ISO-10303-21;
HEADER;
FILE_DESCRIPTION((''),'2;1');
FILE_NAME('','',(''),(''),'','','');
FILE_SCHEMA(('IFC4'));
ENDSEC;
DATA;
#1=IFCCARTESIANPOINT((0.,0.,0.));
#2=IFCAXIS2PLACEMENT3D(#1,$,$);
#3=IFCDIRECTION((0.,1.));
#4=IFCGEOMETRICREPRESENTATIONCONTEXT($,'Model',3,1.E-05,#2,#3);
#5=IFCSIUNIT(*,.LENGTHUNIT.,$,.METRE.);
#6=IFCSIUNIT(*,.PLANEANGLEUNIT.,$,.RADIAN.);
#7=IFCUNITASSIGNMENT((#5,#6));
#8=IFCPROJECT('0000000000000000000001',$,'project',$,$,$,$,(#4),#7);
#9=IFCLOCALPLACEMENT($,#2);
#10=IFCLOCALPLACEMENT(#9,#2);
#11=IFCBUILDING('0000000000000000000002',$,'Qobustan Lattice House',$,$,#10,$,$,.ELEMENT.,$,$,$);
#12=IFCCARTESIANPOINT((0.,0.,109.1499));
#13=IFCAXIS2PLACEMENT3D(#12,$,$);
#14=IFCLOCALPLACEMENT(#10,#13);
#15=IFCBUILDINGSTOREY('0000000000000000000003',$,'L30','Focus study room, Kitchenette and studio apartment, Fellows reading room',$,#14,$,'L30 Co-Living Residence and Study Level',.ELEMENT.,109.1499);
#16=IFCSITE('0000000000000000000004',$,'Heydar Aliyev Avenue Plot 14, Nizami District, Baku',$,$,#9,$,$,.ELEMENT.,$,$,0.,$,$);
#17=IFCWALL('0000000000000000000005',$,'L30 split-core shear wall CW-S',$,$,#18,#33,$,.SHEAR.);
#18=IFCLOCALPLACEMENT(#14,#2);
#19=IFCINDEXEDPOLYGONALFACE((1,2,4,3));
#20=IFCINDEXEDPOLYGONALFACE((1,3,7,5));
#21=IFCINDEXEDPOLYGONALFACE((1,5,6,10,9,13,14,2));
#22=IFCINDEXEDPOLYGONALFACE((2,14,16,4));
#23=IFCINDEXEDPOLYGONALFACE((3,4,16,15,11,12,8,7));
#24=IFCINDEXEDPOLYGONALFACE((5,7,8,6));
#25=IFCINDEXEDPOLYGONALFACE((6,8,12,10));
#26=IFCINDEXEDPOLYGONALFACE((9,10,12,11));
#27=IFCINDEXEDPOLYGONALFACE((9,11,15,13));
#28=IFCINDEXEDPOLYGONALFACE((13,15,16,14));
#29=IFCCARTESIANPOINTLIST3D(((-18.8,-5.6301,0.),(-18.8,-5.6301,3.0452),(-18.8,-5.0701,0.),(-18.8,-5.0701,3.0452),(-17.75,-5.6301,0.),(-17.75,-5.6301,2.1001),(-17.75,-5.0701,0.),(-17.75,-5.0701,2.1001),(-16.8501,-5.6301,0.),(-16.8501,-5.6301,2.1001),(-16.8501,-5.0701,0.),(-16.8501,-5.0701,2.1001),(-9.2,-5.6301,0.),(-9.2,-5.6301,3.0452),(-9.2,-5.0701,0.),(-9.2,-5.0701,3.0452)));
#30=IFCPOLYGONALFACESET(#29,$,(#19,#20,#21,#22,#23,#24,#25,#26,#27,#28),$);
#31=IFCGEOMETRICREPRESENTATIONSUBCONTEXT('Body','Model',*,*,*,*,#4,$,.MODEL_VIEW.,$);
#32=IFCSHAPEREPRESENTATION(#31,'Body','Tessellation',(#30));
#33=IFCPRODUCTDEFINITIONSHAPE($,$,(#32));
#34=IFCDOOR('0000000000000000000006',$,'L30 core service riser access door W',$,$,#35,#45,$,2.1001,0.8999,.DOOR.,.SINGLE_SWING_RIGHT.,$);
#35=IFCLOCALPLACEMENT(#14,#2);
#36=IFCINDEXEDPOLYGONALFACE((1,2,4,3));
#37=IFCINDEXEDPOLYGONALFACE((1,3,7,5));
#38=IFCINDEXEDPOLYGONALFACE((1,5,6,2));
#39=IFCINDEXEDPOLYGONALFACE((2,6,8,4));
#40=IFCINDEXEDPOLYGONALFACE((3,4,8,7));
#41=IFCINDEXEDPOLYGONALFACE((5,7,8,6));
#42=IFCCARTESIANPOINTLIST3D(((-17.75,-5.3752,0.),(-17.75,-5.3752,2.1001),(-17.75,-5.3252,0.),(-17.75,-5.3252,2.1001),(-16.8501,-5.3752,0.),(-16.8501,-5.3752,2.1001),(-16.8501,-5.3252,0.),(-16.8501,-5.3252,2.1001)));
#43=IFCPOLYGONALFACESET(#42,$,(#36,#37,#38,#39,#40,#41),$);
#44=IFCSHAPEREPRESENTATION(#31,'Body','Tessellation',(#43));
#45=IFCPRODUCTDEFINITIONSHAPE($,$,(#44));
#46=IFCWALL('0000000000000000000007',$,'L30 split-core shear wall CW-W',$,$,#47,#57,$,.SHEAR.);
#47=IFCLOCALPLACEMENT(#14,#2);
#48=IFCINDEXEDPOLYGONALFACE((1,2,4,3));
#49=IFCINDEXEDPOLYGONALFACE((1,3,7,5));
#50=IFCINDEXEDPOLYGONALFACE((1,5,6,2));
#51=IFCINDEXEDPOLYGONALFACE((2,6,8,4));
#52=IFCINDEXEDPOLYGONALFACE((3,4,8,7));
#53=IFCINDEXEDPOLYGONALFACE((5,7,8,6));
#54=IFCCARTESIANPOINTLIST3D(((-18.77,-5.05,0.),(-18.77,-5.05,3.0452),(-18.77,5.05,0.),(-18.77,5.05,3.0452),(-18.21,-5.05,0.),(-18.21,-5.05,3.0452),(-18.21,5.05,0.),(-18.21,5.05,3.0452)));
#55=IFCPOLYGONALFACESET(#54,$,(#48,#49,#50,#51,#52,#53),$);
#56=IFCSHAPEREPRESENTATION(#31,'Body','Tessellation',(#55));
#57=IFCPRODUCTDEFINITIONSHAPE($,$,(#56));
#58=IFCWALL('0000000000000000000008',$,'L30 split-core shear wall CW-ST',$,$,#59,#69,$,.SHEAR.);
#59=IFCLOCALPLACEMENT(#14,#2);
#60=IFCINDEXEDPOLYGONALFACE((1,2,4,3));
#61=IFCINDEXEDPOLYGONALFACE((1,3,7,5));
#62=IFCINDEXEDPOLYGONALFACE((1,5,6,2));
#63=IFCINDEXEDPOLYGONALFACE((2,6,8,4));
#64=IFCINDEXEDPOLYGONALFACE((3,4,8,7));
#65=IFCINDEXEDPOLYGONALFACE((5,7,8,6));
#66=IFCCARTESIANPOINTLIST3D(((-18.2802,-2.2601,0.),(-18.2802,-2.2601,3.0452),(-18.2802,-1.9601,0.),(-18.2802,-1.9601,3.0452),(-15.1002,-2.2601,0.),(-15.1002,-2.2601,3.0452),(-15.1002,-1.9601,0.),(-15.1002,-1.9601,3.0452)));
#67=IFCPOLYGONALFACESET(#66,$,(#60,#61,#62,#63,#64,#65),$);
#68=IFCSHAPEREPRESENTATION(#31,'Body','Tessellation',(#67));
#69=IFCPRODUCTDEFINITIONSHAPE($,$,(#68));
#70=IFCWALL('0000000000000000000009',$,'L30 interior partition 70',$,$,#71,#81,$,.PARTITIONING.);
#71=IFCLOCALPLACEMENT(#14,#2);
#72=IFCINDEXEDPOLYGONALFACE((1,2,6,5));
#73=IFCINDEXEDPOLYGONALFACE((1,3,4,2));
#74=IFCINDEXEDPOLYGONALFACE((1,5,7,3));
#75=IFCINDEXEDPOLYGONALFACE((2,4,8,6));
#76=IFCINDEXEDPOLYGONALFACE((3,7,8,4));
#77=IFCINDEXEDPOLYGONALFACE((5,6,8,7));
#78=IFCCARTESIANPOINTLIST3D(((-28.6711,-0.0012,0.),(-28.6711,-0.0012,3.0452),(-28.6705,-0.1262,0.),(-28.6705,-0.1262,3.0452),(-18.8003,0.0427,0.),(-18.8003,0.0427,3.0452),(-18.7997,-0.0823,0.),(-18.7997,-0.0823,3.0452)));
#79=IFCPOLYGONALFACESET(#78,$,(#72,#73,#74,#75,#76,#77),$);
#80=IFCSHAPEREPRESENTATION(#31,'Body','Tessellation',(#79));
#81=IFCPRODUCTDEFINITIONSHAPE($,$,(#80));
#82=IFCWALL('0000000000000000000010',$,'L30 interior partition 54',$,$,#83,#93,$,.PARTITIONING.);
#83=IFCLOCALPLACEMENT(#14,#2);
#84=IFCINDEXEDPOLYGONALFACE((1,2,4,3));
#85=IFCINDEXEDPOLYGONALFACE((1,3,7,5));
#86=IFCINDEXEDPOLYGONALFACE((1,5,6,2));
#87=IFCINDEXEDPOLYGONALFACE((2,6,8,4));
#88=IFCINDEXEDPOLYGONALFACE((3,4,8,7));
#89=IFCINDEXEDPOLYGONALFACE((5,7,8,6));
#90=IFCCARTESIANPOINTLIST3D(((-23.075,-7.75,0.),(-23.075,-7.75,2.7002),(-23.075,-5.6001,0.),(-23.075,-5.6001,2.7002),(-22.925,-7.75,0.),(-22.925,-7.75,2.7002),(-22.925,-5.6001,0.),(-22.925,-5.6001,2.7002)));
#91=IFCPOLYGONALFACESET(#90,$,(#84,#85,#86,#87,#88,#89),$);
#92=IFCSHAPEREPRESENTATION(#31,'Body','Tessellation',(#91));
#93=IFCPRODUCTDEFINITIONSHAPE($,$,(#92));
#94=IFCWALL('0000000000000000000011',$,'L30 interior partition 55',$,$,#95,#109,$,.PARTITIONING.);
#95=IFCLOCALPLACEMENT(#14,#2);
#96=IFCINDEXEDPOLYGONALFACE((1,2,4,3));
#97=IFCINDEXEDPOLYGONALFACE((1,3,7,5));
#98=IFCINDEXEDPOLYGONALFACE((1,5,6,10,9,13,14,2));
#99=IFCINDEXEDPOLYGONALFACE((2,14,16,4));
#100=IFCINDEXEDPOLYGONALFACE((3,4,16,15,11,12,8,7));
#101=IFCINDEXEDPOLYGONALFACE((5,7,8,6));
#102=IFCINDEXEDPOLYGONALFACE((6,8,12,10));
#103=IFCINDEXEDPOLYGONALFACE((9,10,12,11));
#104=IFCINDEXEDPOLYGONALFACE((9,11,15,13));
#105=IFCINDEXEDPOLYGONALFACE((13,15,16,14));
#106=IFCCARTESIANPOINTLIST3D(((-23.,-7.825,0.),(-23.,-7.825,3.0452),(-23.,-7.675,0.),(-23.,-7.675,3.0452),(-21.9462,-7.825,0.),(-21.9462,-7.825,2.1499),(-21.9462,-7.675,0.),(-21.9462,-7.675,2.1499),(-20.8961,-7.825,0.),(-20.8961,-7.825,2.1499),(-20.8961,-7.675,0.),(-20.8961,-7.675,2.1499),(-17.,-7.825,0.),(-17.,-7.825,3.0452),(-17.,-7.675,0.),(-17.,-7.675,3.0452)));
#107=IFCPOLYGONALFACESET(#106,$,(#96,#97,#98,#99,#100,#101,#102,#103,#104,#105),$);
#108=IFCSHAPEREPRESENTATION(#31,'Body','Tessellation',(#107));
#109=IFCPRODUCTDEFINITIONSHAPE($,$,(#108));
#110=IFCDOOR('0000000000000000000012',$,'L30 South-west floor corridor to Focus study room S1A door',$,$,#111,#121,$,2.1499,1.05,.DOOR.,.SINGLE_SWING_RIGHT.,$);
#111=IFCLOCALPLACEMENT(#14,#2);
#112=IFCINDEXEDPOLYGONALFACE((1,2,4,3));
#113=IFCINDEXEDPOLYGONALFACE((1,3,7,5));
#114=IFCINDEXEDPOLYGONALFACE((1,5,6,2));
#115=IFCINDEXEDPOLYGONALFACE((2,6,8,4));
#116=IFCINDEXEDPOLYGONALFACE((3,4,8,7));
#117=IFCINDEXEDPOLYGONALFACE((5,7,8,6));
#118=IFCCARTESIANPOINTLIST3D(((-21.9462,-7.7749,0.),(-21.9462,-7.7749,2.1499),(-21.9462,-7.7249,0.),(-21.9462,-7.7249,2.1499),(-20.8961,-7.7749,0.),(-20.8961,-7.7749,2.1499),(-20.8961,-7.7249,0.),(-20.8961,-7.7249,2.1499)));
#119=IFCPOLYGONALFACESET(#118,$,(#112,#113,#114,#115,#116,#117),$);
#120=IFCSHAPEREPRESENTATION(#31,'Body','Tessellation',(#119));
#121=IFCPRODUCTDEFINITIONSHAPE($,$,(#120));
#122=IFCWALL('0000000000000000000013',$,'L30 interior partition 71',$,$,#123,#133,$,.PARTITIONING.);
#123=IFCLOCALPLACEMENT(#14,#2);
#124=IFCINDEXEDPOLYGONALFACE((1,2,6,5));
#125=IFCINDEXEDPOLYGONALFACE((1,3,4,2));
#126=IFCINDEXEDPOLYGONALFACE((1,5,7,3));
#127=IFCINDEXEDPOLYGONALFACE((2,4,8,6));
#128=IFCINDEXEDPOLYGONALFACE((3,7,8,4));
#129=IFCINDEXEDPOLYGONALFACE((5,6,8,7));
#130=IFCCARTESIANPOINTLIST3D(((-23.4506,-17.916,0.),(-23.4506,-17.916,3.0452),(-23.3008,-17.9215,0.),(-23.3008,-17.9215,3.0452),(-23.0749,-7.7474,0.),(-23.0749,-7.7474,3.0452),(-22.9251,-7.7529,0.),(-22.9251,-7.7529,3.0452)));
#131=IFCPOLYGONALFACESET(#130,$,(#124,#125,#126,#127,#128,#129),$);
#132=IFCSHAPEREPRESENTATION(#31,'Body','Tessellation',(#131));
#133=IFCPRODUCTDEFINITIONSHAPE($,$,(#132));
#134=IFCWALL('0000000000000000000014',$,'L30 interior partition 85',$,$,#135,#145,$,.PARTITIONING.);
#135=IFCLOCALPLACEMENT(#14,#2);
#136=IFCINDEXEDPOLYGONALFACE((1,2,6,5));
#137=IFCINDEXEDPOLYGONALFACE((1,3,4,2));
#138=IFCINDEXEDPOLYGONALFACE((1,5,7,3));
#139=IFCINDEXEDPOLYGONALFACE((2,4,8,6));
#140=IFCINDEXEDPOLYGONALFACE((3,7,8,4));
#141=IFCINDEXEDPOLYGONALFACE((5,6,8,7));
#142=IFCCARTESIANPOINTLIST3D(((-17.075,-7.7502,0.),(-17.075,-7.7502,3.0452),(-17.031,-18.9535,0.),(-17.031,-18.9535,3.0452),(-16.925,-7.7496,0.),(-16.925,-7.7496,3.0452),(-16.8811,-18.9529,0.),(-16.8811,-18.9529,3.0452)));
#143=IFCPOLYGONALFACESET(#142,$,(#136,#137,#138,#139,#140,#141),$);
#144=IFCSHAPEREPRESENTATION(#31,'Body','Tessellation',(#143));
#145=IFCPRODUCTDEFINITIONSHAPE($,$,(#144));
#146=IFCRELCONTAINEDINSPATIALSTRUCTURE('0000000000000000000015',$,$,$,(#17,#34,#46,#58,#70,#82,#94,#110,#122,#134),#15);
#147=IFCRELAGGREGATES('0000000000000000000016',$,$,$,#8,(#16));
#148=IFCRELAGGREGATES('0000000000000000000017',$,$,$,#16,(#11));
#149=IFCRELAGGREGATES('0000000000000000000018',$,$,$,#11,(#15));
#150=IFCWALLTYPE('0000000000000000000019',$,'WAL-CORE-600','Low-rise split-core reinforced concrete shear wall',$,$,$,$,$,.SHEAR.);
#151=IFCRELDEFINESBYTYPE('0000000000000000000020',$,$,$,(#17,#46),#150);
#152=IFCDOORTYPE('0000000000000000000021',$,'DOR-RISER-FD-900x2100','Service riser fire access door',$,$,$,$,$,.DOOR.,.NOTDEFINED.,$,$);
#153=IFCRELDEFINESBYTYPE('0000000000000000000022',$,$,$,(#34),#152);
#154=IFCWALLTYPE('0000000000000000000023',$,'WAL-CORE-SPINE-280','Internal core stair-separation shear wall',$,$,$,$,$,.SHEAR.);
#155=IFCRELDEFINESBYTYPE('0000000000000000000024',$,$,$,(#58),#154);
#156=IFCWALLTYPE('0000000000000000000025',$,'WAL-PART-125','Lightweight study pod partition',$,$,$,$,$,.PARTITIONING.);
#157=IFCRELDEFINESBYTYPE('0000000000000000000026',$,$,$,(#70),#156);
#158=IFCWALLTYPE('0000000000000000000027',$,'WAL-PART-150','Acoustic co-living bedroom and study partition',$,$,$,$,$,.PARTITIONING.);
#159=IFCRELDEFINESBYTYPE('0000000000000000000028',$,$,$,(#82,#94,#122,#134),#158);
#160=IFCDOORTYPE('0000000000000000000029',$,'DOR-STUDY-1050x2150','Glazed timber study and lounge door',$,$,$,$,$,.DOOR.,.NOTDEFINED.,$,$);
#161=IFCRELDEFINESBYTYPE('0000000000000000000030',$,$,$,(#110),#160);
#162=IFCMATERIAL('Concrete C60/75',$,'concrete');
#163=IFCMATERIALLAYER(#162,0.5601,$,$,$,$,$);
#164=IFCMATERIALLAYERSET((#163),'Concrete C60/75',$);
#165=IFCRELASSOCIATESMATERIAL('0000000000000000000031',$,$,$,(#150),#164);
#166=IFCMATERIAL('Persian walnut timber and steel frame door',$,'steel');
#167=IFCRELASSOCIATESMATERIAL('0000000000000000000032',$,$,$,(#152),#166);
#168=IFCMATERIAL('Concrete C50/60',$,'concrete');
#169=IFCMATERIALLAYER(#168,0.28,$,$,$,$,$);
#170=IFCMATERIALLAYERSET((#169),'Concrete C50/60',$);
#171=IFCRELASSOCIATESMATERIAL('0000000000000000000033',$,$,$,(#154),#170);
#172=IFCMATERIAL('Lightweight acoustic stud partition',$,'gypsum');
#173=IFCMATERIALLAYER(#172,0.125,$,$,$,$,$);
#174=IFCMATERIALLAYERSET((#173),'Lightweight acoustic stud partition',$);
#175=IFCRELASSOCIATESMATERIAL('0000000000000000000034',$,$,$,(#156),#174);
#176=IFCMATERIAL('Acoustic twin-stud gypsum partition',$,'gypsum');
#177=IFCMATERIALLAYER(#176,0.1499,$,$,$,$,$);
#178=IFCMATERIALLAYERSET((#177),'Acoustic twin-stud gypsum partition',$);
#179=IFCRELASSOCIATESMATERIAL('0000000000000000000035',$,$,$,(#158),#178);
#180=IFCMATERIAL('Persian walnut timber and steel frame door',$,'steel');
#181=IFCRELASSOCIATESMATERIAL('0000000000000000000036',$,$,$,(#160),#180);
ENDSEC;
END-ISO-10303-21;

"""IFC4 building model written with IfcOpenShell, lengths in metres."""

from ifc_helpers import new_model, si_unit, direction, frame, frame_2d, origin, place, context, subcontext, project, spatial, rectangle, extrude, material, layer, layer_set, type_object, element, fill, save


model = new_model("IFC4")

# Units and contexts
model_context = context("Model", 3, precision=1e-05, world=origin(), true_north=direction((0.0, 1.0)))
body_context = subcontext(model_context, "Body", "Model", "MODEL_VIEW")
ifc_project = project(units=[si_unit("LENGTHUNIT", "METRE"), si_unit("PLANEANGLEUNIT", "RADIAN")], contexts=[model_context])

# Site, building, storey
site_placement = place(None, origin())
site = spatial("IfcSite", under=ifc_project, at=site_placement, Name="Heydar Aliyev Avenue Plot 14, Nizami District, Baku", CompositionType="ELEMENT", RefElevation=0.0)
building_placement = place(site_placement, origin())
building = spatial("IfcBuilding", under=site, at=building_placement, Name="Qobustan Lattice House", CompositionType="ELEMENT")
storey_placement = place(building_placement, frame((0.0, 0.0, 109.1499)))
storey = spatial("IfcBuildingStorey", under=building, at=storey_placement, Name="L30", Description="Focus study room, Kitchenette and studio apartment, Fellows reading room", LongName="L30 Co-Living Residence and Study Level", CompositionType="ELEMENT", Elevation=109.1499)

# Wall, opening, door
ifc_material_1 = material(Name="Concrete C60/75", Category="concrete")
ifc_layer_1 = layer(ifc_material_1, 0.5601)
ifc_layer_set_1 = layer_set([ifc_layer_1], Name="Concrete C60/75")
wall_type_1 = type_object("IfcWallType", Name="WAL-CORE-600", Description="Low-rise split-core reinforced concrete shear wall", PredefinedType="SHEAR", material=ifc_layer_set_1)
wall_1_placement = place(storey_placement, frame((-18.8, -5.3501, 0.0), z_axis=(0.0, 0.0, 1.0), x_axis=(1.0, 0.0, 0.0)))
wall_1 = element("IfcWall", 1, at=wall_1_placement, inside=storey, type_object=wall_type_1, Name="L30 split-core shear wall CW-S", PredefinedType="SHEAR", context=body_context, shape_type="SweptSolid", body=[
    extrude(rectangle(XDim=9.6001, YDim=0.5601, at=frame_2d((4.8, 0.0))), origin(), (0.0, 0.0, 1.0), 3.0452),
])
opening_1_placement = place(wall_1_placement, frame((1.05, 0.0, 0.0)))
opening_1 = element("IfcOpeningElement", 2, at=opening_1_placement, cuts=wall_1, PredefinedType="OPENING", context=body_context, shape_type="SweptSolid", body=[
    extrude(rectangle(XDim=0.8999, YDim=2.1001, at=frame_2d((0.45, 1.05))), frame((0.0, 0.29, 0.0), z_axis=(0.0, -1.0, 0.0), x_axis=(1.0, 0.0, 0.0)), (0.0, 0.0, 1.0), 0.5801),
])
ifc_material_2 = material(Name="Persian walnut timber and steel frame door", Category="steel")
door_type_1 = type_object("IfcDoorType", Name="DOR-RISER-FD-900x2100", Description="Service riser fire access door", OperationType="NOTDEFINED", PredefinedType="DOOR", material=ifc_material_2)
door_1_placement = place(opening_1_placement, origin())
door_1 = element("IfcDoor", 3, at=door_1_placement, inside=storey, type_object=door_type_1, Name="L30 core service riser access door W", OperationType="SINGLE_SWING_RIGHT", OverallHeight=2.1001, OverallWidth=0.8999, PredefinedType="DOOR", context=body_context, shape_type="SweptSolid", body=[
    extrude(rectangle(XDim=0.8999, YDim=2.1001, at=frame_2d((0.45, 1.05))), frame((0.0, 0.0249, 0.0), z_axis=(0.0, -1.0, 0.0), x_axis=(1.0, 0.0, 0.0)), (0.0, 0.0, 1.0), 0.05),
])
fill(opening_1, door_1)

# Walls
wall_2_placement = place(storey_placement, frame((-18.49, -5.05, 0.0), z_axis=(0.0, 0.0, 1.0), x_axis=(0.0, 1.0, 0.0)))
element("IfcWall", 4, at=wall_2_placement, inside=storey, type_object=wall_type_1, Name="L30 split-core shear wall CW-W", PredefinedType="SHEAR", context=body_context, shape_type="SweptSolid", body=[
    extrude(rectangle(XDim=10.1001, YDim=0.5601, at=frame_2d((5.05, 0.0))), origin(), (0.0, 0.0, 1.0), 3.0452),
])
ifc_material_3 = material(Name="Concrete C50/60", Category="concrete")
ifc_layer_2 = layer(ifc_material_3, 0.28)
ifc_layer_set_2 = layer_set([ifc_layer_2], Name="Concrete C50/60")
wall_type_2 = type_object("IfcWallType", Name="WAL-CORE-SPINE-280", Description="Internal core stair-separation shear wall", PredefinedType="SHEAR", material=ifc_layer_set_2)
wall_3_placement = place(storey_placement, frame((-18.28, -2.1101, 0.0), z_axis=(0.0, 0.0, 1.0), x_axis=(1.0, 0.0, 0.0)))
element("IfcWall", 5, at=wall_3_placement, inside=storey, type_object=wall_type_2, Name="L30 split-core shear wall CW-ST", PredefinedType="SHEAR", context=body_context, shape_type="SweptSolid", body=[
    extrude(rectangle(XDim=3.1799, YDim=0.3, at=frame_2d((1.5898, 0.0))), origin(), (0.0, 0.0, 1.0), 3.0452),
])
ifc_material_4 = material(Name="Lightweight acoustic stud partition", Category="gypsum")
ifc_layer_3 = layer(ifc_material_4, 0.125)
ifc_layer_set_3 = layer_set([ifc_layer_3], Name="Lightweight acoustic stud partition")
wall_type_3 = type_object("IfcWallType", Name="WAL-PART-125", Description="Lightweight study pod partition", PredefinedType="PARTITIONING", material=ifc_layer_set_3)
wall_4_placement = place(storey_placement, frame((-28.6709, -0.0637, 0.0), z_axis=(0.0, 0.0, 1.0), x_axis=(0.99999, 0.004452, 0.0)))
element("IfcWall", 6, at=wall_4_placement, inside=storey, type_object=wall_type_3, Name="L30 interior partition 70", PredefinedType="PARTITIONING", context=body_context, shape_type="SweptSolid", body=[
    extrude(rectangle(XDim=9.8708, YDim=0.125, at=frame_2d((4.9355, 0.0))), origin(), (0.0, 0.0, 1.0), 3.0452),
])

# Shared definitions
ifc_material_5 = material(Name="Acoustic twin-stud gypsum partition", Category="gypsum")
ifc_layer_4 = layer(ifc_material_5, 0.1499)
ifc_layer_set_4 = layer_set([ifc_layer_4], Name="Acoustic twin-stud gypsum partition")
wall_type_4 = type_object("IfcWallType", Name="WAL-PART-150", Description="Acoustic co-living bedroom and study partition", PredefinedType="PARTITIONING", material=ifc_layer_set_4)
ifc_material_6 = material(Name="Persian walnut timber and steel frame door", Category="steel")
door_type_2 = type_object("IfcDoorType", Name="DOR-STUDY-1050x2150", Description="Glazed timber study and lounge door", OperationType="NOTDEFINED", PredefinedType="DOOR", material=ifc_material_6)

# Wall
wall_5_placement = place(storey_placement, frame((-23.0, -7.75, 0.0), z_axis=(0.0, 0.0, 1.0), x_axis=(0.0, 1.0, 0.0)))
element("IfcWall", 7, at=wall_5_placement, inside=storey, type_object=wall_type_4, Name="L30 interior partition 54", PredefinedType="PARTITIONING", context=body_context, shape_type="SweptSolid", body=[
    extrude(rectangle(XDim=2.1499, YDim=0.1499, at=frame_2d((1.075, 0.0))), origin(), (0.0, 0.0, 1.0), 2.7002),
])

# Wall, opening, door
wall_6_placement = place(storey_placement, frame((-17.0, -7.75, 0.0), z_axis=(0.0, 0.0, 1.0), x_axis=(-1.0, 0.0, 0.0)))
wall_6 = element("IfcWall", 8, at=wall_6_placement, inside=storey, type_object=wall_type_4, Name="L30 interior partition 55", PredefinedType="PARTITIONING", context=body_context, shape_type="SweptSolid", body=[
    extrude(rectangle(XDim=6.0, YDim=0.1499, at=frame_2d((3.0, 0.0))), origin(), (0.0, 0.0, 1.0), 3.0452),
])
opening_2_placement = place(wall_6_placement, frame((3.8962, 0.0, 0.0)))
opening_2 = element("IfcOpeningElement", 9, at=opening_2_placement, cuts=wall_6, PredefinedType="OPENING", context=body_context, shape_type="SweptSolid", body=[
    extrude(rectangle(XDim=1.05, YDim=2.1499, at=frame_2d((0.5249, 1.075))), frame((0.0, 0.085, 0.0), z_axis=(0.0, -1.0, 0.0), x_axis=(1.0, 0.0, 0.0)), (0.0, 0.0, 1.0), 0.1699),
])
door_2_placement = place(opening_2_placement, origin())
door_2 = element("IfcDoor", 10, at=door_2_placement, inside=storey, type_object=door_type_2, Name="L30 South-west floor corridor to Focus study room S1A door", OperationType="SINGLE_SWING_RIGHT", OverallHeight=2.1499, OverallWidth=1.05, PredefinedType="DOOR", context=body_context, shape_type="SweptSolid", body=[
    extrude(rectangle(XDim=1.05, YDim=2.1499, at=frame_2d((0.5249, 1.075))), frame((0.0, 0.0249, 0.0), z_axis=(0.0, -1.0, 0.0), x_axis=(1.0, 0.0, 0.0)), (0.0, 0.0, 1.0), 0.05),
])
fill(opening_2, door_2)

# Walls
wall_7_placement = place(storey_placement, frame((-23.0, -7.75, 0.0), z_axis=(0.0, 0.0, 1.0), x_axis=(-0.036925, -0.999318, 0.0)))
element("IfcWall", 11, at=wall_7_placement, inside=storey, type_object=wall_type_4, Name="L30 interior partition 71", PredefinedType="PARTITIONING", context=body_context, shape_type="SweptSolid", body=[
    extrude(rectangle(XDim=10.1755, YDim=0.1499, at=frame_2d((5.0879, 0.0))), origin(), (0.0, 0.0, 1.0), 3.0452),
])
wall_8_placement = place(storey_placement, frame((-17.0, -7.75, 0.0), z_axis=(0.0, 0.0, 1.0), x_axis=(0.003922, -0.999992, 0.0)))
element("IfcWall", 12, at=wall_8_placement, inside=storey, type_object=wall_type_4, Name="L30 interior partition 85", PredefinedType="PARTITIONING", context=body_context, shape_type="SweptSolid", body=[
    extrude(rectangle(XDim=11.2034, YDim=0.1499, at=frame_2d((5.6016, 0.0))), origin(), (0.0, 0.0, 1.0), 3.0452),
])

save(model, "model.ifc")
